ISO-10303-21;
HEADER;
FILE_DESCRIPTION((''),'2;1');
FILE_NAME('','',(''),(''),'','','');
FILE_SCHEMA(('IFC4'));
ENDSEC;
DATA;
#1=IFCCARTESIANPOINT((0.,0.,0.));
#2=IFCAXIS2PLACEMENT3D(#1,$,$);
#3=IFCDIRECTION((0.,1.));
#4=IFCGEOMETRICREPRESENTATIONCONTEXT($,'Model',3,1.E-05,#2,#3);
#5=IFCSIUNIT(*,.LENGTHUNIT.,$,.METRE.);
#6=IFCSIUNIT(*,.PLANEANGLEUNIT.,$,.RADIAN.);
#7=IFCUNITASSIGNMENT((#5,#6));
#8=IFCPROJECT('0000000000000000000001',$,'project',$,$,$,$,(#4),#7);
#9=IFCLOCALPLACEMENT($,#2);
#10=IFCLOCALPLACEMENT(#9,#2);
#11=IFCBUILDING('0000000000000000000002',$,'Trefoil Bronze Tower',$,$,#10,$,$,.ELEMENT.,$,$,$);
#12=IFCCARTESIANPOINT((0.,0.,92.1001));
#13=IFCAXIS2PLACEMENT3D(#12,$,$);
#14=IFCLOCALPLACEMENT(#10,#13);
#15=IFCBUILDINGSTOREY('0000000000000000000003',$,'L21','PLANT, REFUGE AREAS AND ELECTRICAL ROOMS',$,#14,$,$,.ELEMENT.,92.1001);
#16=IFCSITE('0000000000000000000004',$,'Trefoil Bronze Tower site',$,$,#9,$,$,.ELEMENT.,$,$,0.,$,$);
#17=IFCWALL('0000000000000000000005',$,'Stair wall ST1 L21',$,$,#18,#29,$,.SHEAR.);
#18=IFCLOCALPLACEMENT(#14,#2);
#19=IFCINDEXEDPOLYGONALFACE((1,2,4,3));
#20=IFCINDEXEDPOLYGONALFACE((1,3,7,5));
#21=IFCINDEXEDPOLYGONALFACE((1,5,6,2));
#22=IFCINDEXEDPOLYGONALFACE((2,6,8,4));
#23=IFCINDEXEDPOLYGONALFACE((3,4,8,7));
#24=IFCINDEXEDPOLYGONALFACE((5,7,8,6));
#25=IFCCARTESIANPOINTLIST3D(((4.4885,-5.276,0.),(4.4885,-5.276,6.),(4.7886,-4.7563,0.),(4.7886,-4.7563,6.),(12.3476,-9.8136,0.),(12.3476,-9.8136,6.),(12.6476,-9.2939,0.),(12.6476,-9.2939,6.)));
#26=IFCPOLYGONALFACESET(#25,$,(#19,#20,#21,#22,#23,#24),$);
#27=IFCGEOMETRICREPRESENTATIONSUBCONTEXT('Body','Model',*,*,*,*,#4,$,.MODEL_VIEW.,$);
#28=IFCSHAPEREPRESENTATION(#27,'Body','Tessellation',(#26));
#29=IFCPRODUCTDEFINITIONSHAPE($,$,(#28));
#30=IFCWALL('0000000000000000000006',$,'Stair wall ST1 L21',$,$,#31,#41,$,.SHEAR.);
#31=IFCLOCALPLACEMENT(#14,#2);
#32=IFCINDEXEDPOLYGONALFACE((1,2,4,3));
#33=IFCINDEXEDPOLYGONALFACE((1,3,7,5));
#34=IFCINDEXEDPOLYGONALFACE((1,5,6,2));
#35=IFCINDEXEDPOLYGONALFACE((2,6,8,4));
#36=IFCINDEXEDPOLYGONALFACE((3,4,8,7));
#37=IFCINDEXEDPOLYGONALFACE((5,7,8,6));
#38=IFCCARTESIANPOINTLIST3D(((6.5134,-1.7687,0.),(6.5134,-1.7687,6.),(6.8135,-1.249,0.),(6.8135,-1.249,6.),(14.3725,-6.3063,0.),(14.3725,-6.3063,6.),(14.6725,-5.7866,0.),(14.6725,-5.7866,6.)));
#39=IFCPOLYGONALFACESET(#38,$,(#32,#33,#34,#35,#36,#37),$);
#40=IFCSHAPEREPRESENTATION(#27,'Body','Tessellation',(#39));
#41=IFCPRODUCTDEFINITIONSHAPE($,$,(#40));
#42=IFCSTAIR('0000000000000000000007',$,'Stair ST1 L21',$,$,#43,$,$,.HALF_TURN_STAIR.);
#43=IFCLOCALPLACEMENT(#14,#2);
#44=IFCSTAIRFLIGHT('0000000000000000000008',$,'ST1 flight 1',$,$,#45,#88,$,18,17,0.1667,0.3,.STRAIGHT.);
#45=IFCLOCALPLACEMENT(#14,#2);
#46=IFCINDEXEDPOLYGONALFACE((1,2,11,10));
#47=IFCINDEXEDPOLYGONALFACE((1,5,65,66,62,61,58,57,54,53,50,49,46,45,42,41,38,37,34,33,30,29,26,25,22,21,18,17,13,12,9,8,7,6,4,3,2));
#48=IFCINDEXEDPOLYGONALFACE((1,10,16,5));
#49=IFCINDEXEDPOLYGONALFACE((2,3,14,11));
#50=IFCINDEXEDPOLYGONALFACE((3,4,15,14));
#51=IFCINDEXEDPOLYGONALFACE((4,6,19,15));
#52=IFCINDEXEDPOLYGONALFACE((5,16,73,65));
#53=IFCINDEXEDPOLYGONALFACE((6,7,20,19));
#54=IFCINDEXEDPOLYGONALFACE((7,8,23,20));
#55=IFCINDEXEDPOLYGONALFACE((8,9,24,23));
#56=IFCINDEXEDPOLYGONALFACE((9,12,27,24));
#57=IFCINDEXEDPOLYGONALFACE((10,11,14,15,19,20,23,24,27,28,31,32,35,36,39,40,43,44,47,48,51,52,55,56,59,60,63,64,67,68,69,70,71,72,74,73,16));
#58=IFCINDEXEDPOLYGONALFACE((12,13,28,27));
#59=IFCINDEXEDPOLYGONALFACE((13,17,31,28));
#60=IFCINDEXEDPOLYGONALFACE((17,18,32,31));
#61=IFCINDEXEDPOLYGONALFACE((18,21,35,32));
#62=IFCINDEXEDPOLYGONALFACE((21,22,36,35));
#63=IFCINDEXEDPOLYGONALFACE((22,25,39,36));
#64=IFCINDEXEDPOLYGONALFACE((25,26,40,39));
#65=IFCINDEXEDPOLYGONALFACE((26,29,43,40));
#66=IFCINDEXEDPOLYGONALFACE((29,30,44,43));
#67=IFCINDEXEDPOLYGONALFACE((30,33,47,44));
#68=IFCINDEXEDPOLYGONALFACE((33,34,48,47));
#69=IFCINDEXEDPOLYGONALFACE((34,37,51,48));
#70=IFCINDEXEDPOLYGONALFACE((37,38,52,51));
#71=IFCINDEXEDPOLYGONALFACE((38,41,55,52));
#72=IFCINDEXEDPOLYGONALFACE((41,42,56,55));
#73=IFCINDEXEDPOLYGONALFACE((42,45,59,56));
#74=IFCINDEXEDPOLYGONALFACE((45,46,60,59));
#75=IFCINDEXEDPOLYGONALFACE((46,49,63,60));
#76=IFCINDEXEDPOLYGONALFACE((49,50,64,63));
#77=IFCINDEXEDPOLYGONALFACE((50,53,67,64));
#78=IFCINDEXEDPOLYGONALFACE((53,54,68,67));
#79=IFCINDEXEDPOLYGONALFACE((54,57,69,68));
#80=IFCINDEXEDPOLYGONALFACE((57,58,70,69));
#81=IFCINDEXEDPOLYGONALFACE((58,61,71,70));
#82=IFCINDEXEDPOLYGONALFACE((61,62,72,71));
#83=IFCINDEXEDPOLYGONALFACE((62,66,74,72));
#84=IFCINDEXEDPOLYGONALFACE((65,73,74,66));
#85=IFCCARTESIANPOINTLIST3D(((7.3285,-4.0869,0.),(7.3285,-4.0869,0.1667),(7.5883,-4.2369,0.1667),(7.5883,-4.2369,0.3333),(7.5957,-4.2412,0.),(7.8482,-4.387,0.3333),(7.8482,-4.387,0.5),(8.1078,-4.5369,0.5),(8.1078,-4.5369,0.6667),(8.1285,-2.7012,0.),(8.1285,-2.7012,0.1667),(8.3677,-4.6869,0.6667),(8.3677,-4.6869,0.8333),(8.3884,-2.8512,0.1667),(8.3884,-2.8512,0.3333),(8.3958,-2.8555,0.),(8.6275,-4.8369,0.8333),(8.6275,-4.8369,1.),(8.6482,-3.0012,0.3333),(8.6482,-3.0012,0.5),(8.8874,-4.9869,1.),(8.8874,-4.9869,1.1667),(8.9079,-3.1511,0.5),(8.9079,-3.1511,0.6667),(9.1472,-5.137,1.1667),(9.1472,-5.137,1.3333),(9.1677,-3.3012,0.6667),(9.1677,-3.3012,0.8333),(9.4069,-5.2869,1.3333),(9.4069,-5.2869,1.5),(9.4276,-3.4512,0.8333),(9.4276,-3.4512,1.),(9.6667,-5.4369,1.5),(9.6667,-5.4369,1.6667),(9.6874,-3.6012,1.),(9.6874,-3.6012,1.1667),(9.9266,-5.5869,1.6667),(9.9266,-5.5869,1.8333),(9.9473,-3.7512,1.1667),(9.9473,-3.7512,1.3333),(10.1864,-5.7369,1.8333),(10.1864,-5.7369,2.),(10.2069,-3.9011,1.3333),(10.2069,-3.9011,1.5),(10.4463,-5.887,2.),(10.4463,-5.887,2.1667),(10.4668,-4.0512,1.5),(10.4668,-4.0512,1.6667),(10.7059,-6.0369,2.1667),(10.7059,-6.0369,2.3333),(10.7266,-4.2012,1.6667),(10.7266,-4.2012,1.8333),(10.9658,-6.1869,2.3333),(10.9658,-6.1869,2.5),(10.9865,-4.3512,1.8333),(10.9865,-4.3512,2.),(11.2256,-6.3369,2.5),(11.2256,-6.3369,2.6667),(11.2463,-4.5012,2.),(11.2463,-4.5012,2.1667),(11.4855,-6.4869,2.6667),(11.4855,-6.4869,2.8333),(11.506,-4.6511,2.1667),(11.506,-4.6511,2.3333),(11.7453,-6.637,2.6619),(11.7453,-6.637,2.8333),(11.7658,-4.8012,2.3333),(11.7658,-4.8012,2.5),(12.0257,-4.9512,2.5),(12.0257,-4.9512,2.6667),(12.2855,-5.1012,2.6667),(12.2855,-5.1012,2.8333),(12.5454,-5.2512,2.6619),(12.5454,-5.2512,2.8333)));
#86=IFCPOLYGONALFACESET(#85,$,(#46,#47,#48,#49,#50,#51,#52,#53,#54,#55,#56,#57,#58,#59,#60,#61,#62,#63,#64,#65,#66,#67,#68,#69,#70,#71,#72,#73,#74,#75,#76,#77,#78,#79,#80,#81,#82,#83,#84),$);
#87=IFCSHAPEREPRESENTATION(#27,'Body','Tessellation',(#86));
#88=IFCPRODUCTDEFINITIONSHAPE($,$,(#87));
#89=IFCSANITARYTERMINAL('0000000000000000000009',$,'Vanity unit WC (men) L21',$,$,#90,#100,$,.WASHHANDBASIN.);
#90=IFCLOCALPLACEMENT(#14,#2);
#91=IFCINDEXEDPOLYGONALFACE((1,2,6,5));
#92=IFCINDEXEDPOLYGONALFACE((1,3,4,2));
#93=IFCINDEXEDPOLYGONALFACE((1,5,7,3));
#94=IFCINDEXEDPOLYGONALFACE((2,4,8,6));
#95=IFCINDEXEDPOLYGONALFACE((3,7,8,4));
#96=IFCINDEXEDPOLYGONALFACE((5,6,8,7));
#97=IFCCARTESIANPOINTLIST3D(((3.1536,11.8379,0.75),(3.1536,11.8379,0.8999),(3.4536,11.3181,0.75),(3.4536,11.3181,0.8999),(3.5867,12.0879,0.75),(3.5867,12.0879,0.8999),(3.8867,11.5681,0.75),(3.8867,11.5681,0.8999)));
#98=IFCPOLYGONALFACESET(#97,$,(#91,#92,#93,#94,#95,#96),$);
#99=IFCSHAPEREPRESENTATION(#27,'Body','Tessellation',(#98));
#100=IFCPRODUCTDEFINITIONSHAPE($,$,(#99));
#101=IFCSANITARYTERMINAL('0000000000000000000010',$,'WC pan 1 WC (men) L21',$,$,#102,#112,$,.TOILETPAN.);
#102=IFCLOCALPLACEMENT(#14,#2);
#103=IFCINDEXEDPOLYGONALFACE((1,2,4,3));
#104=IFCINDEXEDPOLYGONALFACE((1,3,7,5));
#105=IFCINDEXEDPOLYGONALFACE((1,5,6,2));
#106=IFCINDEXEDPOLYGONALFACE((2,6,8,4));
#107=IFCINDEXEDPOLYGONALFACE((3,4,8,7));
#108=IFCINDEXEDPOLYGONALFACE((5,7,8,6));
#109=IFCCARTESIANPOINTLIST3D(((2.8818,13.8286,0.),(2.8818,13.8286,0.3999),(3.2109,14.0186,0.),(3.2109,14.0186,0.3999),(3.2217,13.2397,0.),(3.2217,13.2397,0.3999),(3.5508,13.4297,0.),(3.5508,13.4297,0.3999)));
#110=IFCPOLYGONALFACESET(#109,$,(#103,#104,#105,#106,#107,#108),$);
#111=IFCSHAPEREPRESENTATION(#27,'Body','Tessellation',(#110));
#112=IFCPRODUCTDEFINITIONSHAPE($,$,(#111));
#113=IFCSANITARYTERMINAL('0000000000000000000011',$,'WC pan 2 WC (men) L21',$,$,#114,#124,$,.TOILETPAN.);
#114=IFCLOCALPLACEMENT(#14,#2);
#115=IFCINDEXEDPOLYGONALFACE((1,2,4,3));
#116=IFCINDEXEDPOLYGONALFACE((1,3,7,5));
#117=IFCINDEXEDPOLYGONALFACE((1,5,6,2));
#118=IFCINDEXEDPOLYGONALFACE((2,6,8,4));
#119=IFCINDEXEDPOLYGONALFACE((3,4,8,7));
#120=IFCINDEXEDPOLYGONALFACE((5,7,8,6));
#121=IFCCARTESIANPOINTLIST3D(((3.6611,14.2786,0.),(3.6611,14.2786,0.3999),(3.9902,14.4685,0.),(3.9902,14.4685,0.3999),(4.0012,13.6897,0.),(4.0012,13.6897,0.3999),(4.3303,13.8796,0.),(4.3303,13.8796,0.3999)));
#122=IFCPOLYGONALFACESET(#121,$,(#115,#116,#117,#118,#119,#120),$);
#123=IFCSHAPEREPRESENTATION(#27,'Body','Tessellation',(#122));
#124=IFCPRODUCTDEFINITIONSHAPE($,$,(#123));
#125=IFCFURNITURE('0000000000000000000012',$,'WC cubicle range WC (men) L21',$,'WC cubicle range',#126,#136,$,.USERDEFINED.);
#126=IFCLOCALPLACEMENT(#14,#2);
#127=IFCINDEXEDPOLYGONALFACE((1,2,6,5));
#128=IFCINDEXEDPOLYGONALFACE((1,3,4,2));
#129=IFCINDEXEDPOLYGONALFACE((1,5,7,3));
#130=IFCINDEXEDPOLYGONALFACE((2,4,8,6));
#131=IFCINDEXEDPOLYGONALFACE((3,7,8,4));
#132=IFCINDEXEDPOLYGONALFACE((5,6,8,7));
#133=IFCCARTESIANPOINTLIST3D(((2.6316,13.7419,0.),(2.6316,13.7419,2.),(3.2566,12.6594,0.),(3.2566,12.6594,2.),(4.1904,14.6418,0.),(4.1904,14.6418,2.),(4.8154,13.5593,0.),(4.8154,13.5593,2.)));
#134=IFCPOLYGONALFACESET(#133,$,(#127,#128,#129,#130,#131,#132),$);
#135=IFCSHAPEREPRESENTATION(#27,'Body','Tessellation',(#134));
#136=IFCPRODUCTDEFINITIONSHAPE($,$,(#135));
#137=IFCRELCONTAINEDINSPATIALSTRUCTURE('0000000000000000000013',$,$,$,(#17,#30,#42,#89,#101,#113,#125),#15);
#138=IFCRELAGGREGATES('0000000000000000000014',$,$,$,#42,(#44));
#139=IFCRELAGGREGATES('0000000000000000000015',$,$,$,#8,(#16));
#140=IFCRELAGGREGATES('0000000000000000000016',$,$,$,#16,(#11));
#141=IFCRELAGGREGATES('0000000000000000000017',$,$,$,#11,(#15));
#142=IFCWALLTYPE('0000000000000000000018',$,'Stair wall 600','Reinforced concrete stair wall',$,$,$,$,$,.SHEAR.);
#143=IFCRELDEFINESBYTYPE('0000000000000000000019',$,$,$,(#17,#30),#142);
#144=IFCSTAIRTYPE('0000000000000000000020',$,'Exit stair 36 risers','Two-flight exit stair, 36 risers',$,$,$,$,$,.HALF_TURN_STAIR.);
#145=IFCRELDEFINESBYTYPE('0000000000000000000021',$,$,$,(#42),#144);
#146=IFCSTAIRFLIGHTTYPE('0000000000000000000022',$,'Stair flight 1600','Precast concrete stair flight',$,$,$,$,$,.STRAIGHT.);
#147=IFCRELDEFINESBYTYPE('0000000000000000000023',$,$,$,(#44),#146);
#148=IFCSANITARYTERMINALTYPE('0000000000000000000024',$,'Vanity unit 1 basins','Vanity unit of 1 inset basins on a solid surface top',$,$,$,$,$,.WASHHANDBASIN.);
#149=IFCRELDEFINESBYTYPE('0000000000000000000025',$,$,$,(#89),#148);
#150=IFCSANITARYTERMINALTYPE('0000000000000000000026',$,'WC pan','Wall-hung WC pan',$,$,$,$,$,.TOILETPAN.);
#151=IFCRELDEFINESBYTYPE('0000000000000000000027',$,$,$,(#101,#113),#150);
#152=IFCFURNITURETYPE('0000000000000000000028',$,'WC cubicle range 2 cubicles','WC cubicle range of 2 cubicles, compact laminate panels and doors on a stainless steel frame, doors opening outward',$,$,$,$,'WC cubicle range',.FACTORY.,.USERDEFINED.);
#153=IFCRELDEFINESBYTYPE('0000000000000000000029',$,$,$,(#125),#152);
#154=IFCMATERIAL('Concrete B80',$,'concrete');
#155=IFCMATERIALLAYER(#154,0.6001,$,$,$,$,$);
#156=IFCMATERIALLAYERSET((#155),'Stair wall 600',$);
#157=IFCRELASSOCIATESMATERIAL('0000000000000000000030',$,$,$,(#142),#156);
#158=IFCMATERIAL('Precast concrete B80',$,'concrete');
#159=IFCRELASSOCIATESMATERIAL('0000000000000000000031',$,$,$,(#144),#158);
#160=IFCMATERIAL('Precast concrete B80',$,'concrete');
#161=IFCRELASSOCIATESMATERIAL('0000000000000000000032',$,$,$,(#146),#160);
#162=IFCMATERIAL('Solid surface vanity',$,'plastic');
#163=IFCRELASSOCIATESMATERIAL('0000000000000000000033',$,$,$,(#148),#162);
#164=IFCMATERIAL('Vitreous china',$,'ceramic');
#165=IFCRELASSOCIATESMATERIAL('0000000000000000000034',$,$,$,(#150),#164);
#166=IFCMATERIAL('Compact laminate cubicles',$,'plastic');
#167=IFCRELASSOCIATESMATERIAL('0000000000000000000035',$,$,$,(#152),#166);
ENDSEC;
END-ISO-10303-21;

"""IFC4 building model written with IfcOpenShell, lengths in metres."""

from ifc_helpers import new_model, si_unit, direction, frame, frame_2d, origin, place, context, subcontext, project, spatial, polyline, rectangle, outline, extrude, material, layer, layer_set, type_object, element, aggregate, save


model = new_model("IFC4")

# Units and contexts
model_context = context("Model", 3, precision=1e-05, world=origin(), true_north=direction((0.0, 1.0)))
body_context = subcontext(model_context, "Body", "Model", "MODEL_VIEW")
ifc_project = project(units=[si_unit("LENGTHUNIT", "METRE"), si_unit("PLANEANGLEUNIT", "RADIAN")], contexts=[model_context])

# Site, building, storey
site_placement = place(None, origin())
site = spatial("IfcSite", under=ifc_project, at=site_placement, Name="Trefoil Bronze Tower site", CompositionType="ELEMENT", RefElevation=0.0)
building_placement = place(site_placement, origin())
building = spatial("IfcBuilding", under=site, at=building_placement, Name="Trefoil Bronze Tower", CompositionType="ELEMENT")
storey_placement = place(building_placement, frame((0.0, 0.0, 92.1001)))
storey = spatial("IfcBuildingStorey", under=building, at=storey_placement, Name="L21", Description="PLANT, REFUGE AREAS AND ELECTRICAL ROOMS", CompositionType="ELEMENT", Elevation=92.1001)

# Walls
ifc_material_1 = material(Name="Concrete B80", Category="concrete")
ifc_layer_1 = layer(ifc_material_1, 0.6001)
ifc_layer_set_1 = layer_set([ifc_layer_1], Name="Stair wall 600")
wall_type_1 = type_object("IfcWallType", Name="Stair wall 600", Description="Reinforced concrete stair wall", PredefinedType="SHEAR", material=ifc_layer_set_1)
for number, where, z_axis, x_axis, name in (
    (1, (4.6384, -5.0161, 0.0), (0.0, 0.0, 1.0), (0.866019, -0.50001, 0.0), "Stair wall ST1 L21"),
    (2, (6.6633, -1.5088, 0.0), (0.0, 0.0, 1.0), (0.866019, -0.50001, 0.0), "Stair wall ST1 L21"),
):
    element("IfcWall", number, at=place(storey_placement, frame(where, z_axis=z_axis, x_axis=x_axis)), inside=storey, type_object=wall_type_1, Name=name, PredefinedType="SHEAR", context=body_context, shape_type="SweptSolid", body=[
        extrude(rectangle(XDim=9.075, YDim=0.6001, at=frame_2d((4.5376, 0.0))), origin(), (0.0, 0.0, 1.0), 6.0),
    ])

# Stair, stair flight
ifc_material_2 = material(Name="Precast concrete B80", Category="concrete")
stair_type = type_object("IfcStairType", Name="Exit stair 36 risers", Description="Two-flight exit stair, 36 risers", PredefinedType="HALF_TURN_STAIR", material=ifc_material_2)
stair_placement = place(storey_placement, origin())
stair = element("IfcStair", 3, at=stair_placement, inside=storey, type_object=stair_type, Name="Stair ST1 L21", PredefinedType="HALF_TURN_STAIR")
ifc_material_3 = material(Name="Precast concrete B80", Category="concrete")
stair_flight_type = type_object("IfcStairFlightType", Name="Stair flight 1600", Description="Precast concrete stair flight", PredefinedType="STRAIGHT", material=ifc_material_3)
stair_flight_placement = place(storey_placement, frame((7.7285, -3.394, 0.0), z_axis=(0.0, 0.0, 1.0), x_axis=(0.866025, -0.5, 0.0)))
stair_flight = element("IfcStairFlight", 4, at=stair_flight_placement, type_object=stair_flight_type, Name="ST1 flight 1", NumberOfRisers=18, NumberOfTreads=17, PredefinedType="STRAIGHT", RiserHeight=0.1667, TreadLength=0.3, context=body_context, shape_type="SweptSolid", body=[
    extrude(outline(polyline([(0.0, 0.0), (0.0, 0.1667), (0.3, 0.1667), (0.3, 0.3333), (0.6001, 0.3333), (0.6001, 0.5), (0.8999, 0.5), (0.8999, 0.6667), (1.2, 0.6667), (1.2, 0.8333), (1.5, 0.8333), (1.5, 1.0), (1.8, 1.0), (1.8, 1.1667), (2.1001, 1.1667), (2.1001, 1.3333), (2.3999, 1.3333), (2.3999, 1.5), (2.7, 1.5), (2.7, 1.6667), (3.0, 1.6667), (3.0, 1.8333), (3.3, 1.8333), (3.3, 2.0), (3.6001, 2.0), (3.6001, 2.1667), (3.8999, 2.1667), (3.8999, 2.3333), (4.2, 2.3333), (4.2, 2.5), (4.5, 2.5), (4.5, 2.6667), (4.8, 2.6667), (4.8, 2.8333), (5.1001, 2.8333), (5.1001, 3.0), (5.1001, 2.6619), (0.3086, 0.0), (0.0, 0.0)])), frame((0.0, 0.8, 0.0), z_axis=(0.0, -1.0, 0.0), x_axis=(1.0, 0.0, 0.0)), (0.0, 0.0, 1.0), 1.6001),
])
aggregate(stair, [stair_flight])

# Sanitary terminals
ifc_material_4 = material(Name="Solid surface vanity", Category="plastic")
sanitary_terminal_type_1 = type_object("IfcSanitaryTerminalType", Name="Vanity unit 1 basins", Description="Vanity unit of 1 inset basins on a solid surface top", PredefinedType="WASHHANDBASIN", material=ifc_material_4)
sanitary_terminal_1_placement = place(storey_placement, frame((0.0, 0.0, 0.75)))
element("IfcSanitaryTerminal", 5, at=sanitary_terminal_1_placement, inside=storey, type_object=sanitary_terminal_type_1, Name="Vanity unit WC (men) L21", PredefinedType="WASHHANDBASIN", context=body_context, shape_type="SweptSolid", body=[
    extrude(outline(polyline([(3.4536, 11.3181), (3.1536, 11.8379), (3.5867, 12.0879), (3.8867, 11.5681), (3.4536, 11.3181)])), origin(), (0.0, 0.0, 1.0), 0.1499),
])
ifc_material_5 = material(Name="Vitreous china", Category="ceramic")
sanitary_terminal_type_2 = type_object("IfcSanitaryTerminalType", Name="WC pan", Description="Wall-hung WC pan", PredefinedType="TOILETPAN", material=ifc_material_5)
sanitary_terminal_2_placement = place(storey_placement, origin())
element("IfcSanitaryTerminal", 6, at=sanitary_terminal_2_placement, inside=storey, type_object=sanitary_terminal_type_2, Name="WC pan 1 WC (men) L21", PredefinedType="TOILETPAN", context=body_context, shape_type="SweptSolid", body=[
    extrude(outline(polyline([(3.2217, 13.2397), (2.8818, 13.8286), (3.2109, 14.0186), (3.5508, 13.4297), (3.2217, 13.2397)])), origin(), (0.0, 0.0, 1.0), 0.3999),
])
sanitary_terminal_3_placement = place(storey_placement, origin())
element("IfcSanitaryTerminal", 7, at=sanitary_terminal_3_placement, inside=storey, type_object=sanitary_terminal_type_2, Name="WC pan 2 WC (men) L21", PredefinedType="TOILETPAN", context=body_context, shape_type="SweptSolid", body=[
    extrude(outline(polyline([(4.0012, 13.6897), (3.6611, 14.2786), (3.9902, 14.4685), (4.3303, 13.8796), (4.0012, 13.6897)])), origin(), (0.0, 0.0, 1.0), 0.3999),
])

# Furniture
ifc_material_6 = material(Name="Compact laminate cubicles", Category="plastic")
furniture_type = type_object("IfcFurnitureType", Name="WC cubicle range 2 cubicles", Description="WC cubicle range of 2 cubicles, compact laminate panels and doors on a stainless steel frame, doors opening outward", ElementType="WC cubicle range", AssemblyPlace="FACTORY", PredefinedType="USERDEFINED", material=ifc_material_6)
furniture_placement = place(storey_placement, origin())
element("IfcFurniture", 8, at=furniture_placement, inside=storey, type_object=furniture_type, Name="WC cubicle range WC (men) L21", ObjectType="WC cubicle range", PredefinedType="USERDEFINED", context=body_context, shape_type="SweptSolid", body=[
    extrude(outline(polyline([(3.2566, 12.6594), (2.6316, 13.7419), (4.1904, 14.6418), (4.8154, 13.5593), (3.2566, 12.6594)])), origin(), (0.0, 0.0, 1.0), 2.0),
])

save(model, "model.ifc")
